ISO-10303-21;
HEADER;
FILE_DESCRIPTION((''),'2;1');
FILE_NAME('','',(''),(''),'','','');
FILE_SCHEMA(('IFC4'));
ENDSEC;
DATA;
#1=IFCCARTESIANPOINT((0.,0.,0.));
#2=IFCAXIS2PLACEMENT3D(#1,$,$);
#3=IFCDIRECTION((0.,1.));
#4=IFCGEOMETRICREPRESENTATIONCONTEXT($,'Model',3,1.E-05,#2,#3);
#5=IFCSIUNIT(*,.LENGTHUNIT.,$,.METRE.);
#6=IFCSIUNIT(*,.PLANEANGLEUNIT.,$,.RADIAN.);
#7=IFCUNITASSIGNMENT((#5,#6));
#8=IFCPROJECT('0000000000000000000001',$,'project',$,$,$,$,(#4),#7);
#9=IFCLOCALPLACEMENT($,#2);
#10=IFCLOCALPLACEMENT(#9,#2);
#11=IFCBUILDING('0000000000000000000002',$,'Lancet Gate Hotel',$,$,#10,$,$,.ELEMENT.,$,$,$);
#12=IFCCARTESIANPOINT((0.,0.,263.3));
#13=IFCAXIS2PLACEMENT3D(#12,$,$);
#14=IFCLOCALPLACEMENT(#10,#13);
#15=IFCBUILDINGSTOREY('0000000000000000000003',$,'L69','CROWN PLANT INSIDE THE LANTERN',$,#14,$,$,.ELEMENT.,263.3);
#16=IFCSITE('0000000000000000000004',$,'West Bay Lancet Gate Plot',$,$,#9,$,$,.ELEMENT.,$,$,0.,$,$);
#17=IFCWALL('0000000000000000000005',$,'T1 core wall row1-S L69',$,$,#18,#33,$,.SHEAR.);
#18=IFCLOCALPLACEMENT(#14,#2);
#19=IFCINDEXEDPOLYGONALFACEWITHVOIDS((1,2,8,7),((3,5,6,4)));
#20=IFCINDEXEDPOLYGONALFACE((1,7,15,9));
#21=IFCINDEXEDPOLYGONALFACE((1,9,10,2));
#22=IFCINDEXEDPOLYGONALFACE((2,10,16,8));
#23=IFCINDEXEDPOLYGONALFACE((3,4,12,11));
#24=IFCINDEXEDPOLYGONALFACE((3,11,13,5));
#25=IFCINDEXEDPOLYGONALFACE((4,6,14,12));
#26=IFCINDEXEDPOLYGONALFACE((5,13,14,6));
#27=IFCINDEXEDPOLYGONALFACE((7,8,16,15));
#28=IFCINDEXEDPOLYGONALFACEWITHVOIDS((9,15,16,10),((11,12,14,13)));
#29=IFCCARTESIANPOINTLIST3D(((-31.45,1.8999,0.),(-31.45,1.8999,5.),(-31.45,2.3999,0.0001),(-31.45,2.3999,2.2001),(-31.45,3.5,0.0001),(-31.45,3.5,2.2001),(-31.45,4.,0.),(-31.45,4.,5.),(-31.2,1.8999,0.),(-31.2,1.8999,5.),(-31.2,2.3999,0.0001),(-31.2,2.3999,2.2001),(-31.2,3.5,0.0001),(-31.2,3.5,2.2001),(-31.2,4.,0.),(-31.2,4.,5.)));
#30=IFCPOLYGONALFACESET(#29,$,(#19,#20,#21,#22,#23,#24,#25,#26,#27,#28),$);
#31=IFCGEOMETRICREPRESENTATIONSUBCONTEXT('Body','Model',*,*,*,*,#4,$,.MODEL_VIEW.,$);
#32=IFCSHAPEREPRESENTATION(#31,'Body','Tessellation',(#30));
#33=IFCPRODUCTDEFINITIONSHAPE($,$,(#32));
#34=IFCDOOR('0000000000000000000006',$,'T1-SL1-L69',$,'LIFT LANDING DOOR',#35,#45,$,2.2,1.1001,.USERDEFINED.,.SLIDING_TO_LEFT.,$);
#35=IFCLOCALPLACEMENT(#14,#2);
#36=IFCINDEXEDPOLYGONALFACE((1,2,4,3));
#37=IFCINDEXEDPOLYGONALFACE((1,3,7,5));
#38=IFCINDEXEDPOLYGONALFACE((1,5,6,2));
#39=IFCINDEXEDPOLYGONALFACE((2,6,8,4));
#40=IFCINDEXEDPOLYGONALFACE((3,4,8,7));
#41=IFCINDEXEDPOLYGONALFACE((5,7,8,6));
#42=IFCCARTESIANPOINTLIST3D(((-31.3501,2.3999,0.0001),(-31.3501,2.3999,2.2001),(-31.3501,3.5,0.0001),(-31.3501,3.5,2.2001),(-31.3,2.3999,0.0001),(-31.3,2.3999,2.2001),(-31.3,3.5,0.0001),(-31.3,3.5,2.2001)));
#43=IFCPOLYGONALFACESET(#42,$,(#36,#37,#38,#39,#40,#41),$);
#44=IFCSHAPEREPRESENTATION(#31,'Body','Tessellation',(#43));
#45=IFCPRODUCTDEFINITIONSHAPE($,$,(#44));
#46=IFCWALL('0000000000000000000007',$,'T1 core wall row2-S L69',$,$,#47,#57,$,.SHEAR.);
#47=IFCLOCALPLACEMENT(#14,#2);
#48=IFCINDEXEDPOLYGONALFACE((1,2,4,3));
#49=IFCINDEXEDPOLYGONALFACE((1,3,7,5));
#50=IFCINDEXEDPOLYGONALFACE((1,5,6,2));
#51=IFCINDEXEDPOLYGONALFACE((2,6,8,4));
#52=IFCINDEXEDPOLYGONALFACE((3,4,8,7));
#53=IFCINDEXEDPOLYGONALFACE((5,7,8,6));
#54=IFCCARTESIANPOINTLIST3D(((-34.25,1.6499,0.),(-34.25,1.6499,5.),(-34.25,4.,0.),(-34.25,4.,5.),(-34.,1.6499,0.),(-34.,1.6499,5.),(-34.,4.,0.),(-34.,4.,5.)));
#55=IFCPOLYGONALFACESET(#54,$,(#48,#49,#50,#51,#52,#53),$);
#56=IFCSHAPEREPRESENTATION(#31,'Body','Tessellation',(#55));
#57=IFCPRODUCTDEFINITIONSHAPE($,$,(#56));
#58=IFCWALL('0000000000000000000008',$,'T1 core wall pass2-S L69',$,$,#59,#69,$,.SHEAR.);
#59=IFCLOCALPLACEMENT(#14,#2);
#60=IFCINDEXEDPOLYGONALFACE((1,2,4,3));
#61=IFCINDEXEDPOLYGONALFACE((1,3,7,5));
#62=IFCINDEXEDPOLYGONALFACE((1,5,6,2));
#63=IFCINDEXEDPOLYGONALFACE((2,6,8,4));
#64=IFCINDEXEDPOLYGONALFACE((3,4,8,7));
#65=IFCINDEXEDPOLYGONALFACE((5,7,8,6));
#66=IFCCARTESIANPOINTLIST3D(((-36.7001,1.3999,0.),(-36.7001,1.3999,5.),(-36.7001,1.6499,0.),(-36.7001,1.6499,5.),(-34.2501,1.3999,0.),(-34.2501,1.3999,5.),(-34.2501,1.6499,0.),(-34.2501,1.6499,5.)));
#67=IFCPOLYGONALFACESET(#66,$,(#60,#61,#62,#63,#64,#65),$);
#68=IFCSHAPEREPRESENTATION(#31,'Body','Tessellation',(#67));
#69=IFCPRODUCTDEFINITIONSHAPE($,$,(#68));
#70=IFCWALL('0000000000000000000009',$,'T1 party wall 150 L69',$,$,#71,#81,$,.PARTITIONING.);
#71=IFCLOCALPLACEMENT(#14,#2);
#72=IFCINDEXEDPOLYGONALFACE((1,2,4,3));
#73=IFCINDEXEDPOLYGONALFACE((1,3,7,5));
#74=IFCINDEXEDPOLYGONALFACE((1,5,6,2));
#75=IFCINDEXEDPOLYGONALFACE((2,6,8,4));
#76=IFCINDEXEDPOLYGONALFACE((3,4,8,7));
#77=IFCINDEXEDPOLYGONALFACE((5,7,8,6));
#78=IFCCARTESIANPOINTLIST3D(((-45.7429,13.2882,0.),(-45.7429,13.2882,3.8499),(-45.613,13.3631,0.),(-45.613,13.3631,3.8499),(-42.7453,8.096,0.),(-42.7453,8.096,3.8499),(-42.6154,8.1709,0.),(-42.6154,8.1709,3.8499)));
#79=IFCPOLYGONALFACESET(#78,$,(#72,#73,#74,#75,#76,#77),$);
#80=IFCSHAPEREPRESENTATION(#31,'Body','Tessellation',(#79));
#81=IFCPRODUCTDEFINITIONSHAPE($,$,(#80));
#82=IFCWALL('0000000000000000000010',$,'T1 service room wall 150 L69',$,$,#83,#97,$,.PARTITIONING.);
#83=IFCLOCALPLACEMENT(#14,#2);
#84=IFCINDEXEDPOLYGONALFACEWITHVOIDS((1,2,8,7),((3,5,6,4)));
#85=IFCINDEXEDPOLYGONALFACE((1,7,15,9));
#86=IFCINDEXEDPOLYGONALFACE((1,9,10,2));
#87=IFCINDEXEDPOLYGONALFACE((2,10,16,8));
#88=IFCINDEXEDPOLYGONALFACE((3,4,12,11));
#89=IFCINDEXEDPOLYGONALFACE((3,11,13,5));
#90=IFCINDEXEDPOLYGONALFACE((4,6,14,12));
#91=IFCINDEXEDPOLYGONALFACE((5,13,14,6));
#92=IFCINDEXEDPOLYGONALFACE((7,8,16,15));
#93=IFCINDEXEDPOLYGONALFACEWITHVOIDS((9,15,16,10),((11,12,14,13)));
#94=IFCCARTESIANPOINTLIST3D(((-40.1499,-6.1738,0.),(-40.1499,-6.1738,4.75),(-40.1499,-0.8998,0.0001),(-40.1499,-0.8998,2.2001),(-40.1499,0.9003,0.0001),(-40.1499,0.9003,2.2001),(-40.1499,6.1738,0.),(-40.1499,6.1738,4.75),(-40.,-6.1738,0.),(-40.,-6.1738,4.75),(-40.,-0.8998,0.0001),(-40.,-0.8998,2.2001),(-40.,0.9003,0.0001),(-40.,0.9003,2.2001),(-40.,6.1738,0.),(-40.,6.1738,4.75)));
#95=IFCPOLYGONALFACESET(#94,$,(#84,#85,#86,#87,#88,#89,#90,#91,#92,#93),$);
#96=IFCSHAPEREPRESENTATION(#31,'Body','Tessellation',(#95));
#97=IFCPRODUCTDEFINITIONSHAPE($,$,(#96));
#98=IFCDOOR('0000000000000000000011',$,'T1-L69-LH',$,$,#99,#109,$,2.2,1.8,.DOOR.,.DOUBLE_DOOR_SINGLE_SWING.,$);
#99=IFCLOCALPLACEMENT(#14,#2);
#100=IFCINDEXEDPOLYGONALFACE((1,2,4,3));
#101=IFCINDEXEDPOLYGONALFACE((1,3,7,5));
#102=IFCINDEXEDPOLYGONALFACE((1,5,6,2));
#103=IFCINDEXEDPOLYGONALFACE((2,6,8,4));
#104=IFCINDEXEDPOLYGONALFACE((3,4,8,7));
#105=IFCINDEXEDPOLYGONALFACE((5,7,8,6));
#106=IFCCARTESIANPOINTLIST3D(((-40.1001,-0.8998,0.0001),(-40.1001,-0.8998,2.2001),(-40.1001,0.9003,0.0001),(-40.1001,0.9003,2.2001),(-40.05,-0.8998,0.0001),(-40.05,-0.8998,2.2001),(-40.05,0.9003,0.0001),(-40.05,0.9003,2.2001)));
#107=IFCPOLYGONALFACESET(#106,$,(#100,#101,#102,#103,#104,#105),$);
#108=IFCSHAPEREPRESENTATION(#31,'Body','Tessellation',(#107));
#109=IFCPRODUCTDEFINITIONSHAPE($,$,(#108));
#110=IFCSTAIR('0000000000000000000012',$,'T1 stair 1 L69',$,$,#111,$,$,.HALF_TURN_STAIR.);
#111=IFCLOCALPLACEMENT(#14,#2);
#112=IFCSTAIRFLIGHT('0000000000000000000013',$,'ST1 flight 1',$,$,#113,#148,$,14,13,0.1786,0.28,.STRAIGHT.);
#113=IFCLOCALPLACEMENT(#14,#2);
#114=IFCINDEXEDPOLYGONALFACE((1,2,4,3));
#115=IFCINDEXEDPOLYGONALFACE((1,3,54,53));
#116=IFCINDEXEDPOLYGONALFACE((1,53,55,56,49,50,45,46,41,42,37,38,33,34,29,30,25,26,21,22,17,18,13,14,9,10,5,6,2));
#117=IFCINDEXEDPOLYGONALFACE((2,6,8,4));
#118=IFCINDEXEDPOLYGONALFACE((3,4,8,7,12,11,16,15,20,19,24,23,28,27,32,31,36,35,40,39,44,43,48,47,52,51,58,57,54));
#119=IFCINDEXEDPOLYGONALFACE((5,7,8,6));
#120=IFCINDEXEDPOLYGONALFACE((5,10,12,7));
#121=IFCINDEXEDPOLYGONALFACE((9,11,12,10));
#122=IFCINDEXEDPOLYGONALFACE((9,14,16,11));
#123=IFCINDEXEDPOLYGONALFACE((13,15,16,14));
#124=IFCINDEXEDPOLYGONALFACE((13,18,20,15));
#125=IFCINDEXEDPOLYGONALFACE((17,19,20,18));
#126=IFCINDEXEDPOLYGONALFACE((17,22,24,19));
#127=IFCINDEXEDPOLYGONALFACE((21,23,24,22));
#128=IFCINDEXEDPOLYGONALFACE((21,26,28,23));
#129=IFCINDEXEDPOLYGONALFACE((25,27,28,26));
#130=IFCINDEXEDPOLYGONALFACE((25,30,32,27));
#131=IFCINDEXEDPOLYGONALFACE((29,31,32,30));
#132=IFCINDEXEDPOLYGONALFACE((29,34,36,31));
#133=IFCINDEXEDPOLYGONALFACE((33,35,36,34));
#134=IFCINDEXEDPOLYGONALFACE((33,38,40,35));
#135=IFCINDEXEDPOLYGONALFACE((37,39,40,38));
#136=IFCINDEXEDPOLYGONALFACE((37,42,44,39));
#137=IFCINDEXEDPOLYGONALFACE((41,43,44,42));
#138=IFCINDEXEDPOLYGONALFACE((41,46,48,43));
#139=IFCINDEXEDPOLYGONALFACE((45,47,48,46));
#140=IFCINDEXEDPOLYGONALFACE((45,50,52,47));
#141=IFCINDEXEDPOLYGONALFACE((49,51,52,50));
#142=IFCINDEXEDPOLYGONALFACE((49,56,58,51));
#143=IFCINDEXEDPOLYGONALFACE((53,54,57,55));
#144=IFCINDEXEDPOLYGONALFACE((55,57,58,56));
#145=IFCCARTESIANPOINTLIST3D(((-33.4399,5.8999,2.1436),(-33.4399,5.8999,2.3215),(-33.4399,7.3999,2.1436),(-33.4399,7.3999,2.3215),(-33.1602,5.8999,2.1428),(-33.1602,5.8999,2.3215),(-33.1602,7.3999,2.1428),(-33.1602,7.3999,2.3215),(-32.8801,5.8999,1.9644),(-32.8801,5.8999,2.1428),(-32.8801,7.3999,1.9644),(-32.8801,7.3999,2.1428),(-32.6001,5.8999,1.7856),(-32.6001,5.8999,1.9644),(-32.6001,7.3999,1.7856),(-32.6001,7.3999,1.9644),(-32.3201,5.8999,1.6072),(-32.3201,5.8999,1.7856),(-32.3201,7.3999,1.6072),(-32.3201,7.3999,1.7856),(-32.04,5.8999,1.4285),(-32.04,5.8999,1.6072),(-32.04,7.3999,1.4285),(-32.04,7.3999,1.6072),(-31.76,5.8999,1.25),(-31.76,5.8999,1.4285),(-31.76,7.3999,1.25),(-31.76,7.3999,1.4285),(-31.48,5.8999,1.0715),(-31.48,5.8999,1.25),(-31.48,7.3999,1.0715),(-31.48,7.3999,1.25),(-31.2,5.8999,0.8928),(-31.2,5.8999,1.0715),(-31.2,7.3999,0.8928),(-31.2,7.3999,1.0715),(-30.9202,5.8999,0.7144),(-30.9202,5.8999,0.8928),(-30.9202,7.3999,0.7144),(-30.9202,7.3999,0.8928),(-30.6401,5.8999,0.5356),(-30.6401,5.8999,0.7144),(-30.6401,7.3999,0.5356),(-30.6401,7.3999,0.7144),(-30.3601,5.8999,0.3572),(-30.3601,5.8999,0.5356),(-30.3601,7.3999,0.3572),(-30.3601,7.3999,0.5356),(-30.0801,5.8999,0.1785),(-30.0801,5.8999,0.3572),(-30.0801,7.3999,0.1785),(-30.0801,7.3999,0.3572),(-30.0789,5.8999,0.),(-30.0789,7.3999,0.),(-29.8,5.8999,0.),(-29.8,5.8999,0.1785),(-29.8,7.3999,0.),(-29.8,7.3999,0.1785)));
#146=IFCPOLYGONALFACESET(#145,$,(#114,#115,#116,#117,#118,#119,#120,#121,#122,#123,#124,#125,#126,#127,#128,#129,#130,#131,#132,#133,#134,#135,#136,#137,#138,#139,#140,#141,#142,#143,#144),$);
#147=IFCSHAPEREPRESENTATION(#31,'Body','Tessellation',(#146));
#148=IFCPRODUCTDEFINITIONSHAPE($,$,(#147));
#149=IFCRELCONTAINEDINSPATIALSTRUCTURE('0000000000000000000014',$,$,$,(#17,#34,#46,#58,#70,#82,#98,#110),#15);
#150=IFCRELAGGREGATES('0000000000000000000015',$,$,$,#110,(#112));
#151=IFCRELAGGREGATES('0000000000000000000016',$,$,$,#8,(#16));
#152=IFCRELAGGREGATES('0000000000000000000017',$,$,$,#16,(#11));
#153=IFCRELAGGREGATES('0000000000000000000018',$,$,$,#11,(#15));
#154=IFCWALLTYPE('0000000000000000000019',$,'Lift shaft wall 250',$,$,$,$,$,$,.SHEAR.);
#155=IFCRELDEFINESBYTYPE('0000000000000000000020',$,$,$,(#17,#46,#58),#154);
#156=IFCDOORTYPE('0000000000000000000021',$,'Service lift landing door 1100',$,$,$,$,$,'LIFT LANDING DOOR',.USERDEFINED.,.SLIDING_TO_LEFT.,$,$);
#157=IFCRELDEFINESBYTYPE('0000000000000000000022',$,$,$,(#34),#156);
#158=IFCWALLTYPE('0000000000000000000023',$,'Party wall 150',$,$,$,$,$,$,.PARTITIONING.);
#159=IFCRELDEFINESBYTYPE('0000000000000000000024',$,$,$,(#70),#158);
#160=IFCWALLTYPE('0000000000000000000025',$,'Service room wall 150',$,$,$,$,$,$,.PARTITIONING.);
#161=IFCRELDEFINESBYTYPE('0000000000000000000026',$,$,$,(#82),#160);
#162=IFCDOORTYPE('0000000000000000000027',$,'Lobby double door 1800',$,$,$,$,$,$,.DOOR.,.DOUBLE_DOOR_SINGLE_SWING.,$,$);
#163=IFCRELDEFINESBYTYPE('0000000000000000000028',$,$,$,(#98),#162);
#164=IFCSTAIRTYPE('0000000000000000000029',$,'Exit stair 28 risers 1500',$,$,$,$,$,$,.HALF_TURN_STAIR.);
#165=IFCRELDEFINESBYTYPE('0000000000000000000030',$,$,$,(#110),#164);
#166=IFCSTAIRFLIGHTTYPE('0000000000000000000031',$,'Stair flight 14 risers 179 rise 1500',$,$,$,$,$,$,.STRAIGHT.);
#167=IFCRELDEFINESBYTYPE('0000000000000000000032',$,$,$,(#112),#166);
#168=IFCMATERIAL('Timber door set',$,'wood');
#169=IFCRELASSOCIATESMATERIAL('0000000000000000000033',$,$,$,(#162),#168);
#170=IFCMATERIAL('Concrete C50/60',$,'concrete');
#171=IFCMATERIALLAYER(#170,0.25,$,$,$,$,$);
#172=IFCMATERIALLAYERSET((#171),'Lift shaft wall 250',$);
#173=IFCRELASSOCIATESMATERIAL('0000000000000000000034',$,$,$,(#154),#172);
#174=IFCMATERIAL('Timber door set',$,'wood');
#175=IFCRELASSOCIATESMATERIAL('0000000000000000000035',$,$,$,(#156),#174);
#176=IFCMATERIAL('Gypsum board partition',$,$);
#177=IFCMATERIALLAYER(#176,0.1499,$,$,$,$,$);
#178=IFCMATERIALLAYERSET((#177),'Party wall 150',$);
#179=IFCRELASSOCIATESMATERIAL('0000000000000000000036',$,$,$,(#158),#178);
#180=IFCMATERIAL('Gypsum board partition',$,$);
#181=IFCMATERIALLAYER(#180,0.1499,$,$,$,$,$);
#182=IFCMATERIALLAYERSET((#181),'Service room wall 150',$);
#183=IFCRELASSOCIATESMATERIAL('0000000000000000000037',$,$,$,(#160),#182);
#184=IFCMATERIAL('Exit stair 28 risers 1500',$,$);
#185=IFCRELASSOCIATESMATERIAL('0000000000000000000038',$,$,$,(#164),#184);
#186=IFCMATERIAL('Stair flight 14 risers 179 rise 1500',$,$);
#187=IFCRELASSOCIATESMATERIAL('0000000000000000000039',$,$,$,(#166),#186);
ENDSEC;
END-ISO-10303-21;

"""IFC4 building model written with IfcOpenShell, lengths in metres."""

from ifc_helpers import new_model, si_unit, direction, frame, frame_2d, origin, place, context, subcontext, project, spatial, polyline, rectangle, outline, extrude, material, layer, layer_set, type_object, element, fill, aggregate, save


model = new_model("IFC4")

# Units and contexts
model_context = context("Model", 3, precision=1e-05, world=origin(), true_north=direction((0.0, 1.0)))
body_context = subcontext(model_context, "Body", "Model", "MODEL_VIEW")
ifc_project = project(units=[si_unit("LENGTHUNIT", "METRE"), si_unit("PLANEANGLEUNIT", "RADIAN")], contexts=[model_context])

# Site, building, storey
site_placement = place(None, origin())
site = spatial("IfcSite", under=ifc_project, at=site_placement, Name="West Bay Lancet Gate Plot", CompositionType="ELEMENT", RefElevation=0.0)
building_placement = place(site_placement, origin())
building = spatial("IfcBuilding", under=site, at=building_placement, Name="Lancet Gate Hotel", CompositionType="ELEMENT")
storey_placement = place(building_placement, frame((0.0, 0.0, 263.3)))
storey = spatial("IfcBuildingStorey", under=building, at=storey_placement, Name="L69", Description="CROWN PLANT INSIDE THE LANTERN", CompositionType="ELEMENT", Elevation=263.3)

# Shared definitions
ifc_material_1 = material(Name="Timber door set", Category="wood")
door_type_1 = type_object("IfcDoorType", Name="Lobby double door 1800", OperationType="DOUBLE_DOOR_SINGLE_SWING", PredefinedType="DOOR", material=ifc_material_1)

# Wall, opening, door
ifc_material_2 = material(Name="Concrete C50/60", Category="concrete")
ifc_layer_1 = layer(ifc_material_2, 0.25)
ifc_layer_set_1 = layer_set([ifc_layer_1], Name="Lift shaft wall 250")
wall_type_1 = type_object("IfcWallType", Name="Lift shaft wall 250", PredefinedType="SHEAR", material=ifc_layer_set_1)
wall_1_placement = place(storey_placement, frame((-31.325, 4.0, 0.0), z_axis=(0.0, 0.0, 1.0), x_axis=(0.0, -1.0, 0.0)))
wall_1 = element("IfcWall", 1, at=wall_1_placement, inside=storey, type_object=wall_type_1, Name="T1 core wall row1-S L69", PredefinedType="SHEAR", context=body_context, shape_type="SweptSolid", body=[
    extrude(rectangle(XDim=2.1001, YDim=0.25, at=frame_2d((1.05, 0.0))), origin(), (0.0, 0.0, 1.0), 5.0),
])
opening_1_placement = place(wall_1_placement, frame((0.5, 0.0, 0.0)))
opening_1 = element("IfcOpeningElement", 2, at=opening_1_placement, cuts=wall_1, PredefinedType="OPENING", context=body_context, shape_type="SweptSolid", body=[
    extrude(rectangle(XDim=1.1001, YDim=2.2, at=frame_2d((0.55, 1.1001))), frame((0.0, 0.135, 0.0), z_axis=(0.0, -1.0, 0.0), x_axis=(1.0, 0.0, 0.0)), (0.0, 0.0, 1.0), 0.27),
])
ifc_material_3 = material(Name="Timber door set", Category="wood")
door_type_2 = type_object("IfcDoorType", Name="Service lift landing door 1100", ElementType="LIFT LANDING DOOR", OperationType="SLIDING_TO_LEFT", PredefinedType="USERDEFINED", material=ifc_material_3)
door_1_placement = place(opening_1_placement, origin())
door_1 = element("IfcDoor", 3, at=door_1_placement, inside=storey, type_object=door_type_2, Name="T1-SL1-L69", ObjectType="LIFT LANDING DOOR", OperationType="SLIDING_TO_LEFT", OverallHeight=2.2, OverallWidth=1.1001, PredefinedType="USERDEFINED", context=body_context, shape_type="SweptSolid", body=[
    extrude(rectangle(XDim=1.1001, YDim=2.2, at=frame_2d((0.55, 1.1001))), frame((0.0, 0.0249, 0.0), z_axis=(0.0, -1.0, 0.0), x_axis=(1.0, 0.0, 0.0)), (0.0, 0.0, 1.0), 0.05),
])
fill(opening_1, door_1)

# Walls
wall_2_placement = place(storey_placement, frame((-34.125, 4.0, 0.0), z_axis=(0.0, 0.0, 1.0), x_axis=(0.0, -1.0, 0.0)))
element("IfcWall", 4, at=wall_2_placement, inside=storey, type_object=wall_type_1, Name="T1 core wall row2-S L69", PredefinedType="SHEAR", context=body_context, shape_type="SweptSolid", body=[
    extrude(rectangle(XDim=2.3501, YDim=0.25, at=frame_2d((1.175, 0.0))), origin(), (0.0, 0.0, 1.0), 5.0),
])
wall_3_placement = place(storey_placement, frame((-34.25, 1.5249, 0.0), z_axis=(0.0, 0.0, 1.0), x_axis=(-1.0, 0.0, 0.0)))
element("IfcWall", 5, at=wall_3_placement, inside=storey, type_object=wall_type_1, Name="T1 core wall pass2-S L69", PredefinedType="SHEAR", context=body_context, shape_type="SweptSolid", body=[
    extrude(rectangle(XDim=2.45, YDim=0.25, at=frame_2d((1.2251, 0.0))), origin(), (0.0, 0.0, 1.0), 5.0),
])
ifc_material_4 = material(Name="Gypsum board partition")
ifc_layer_2 = layer(ifc_material_4, 0.1499)
ifc_layer_set_2 = layer_set([ifc_layer_2], Name="Party wall 150")
wall_type_2 = type_object("IfcWallType", Name="Party wall 150", PredefinedType="PARTITIONING", material=ifc_layer_set_2)
wall_4_placement = place(storey_placement, frame((-42.6804, 8.1335, 0.0), z_axis=(0.0, 0.0, 1.0), x_axis=(-0.499984, 0.866034, 0.0)))
element("IfcWall", 6, at=wall_4_placement, inside=storey, type_object=wall_type_2, Name="T1 party wall 150 L69", PredefinedType="PARTITIONING", context=body_context, shape_type="SweptSolid", body=[
    extrude(rectangle(XDim=5.9954, YDim=0.1499, at=frame_2d((2.9976, 0.0))), origin(), (0.0, 0.0, 1.0), 3.8499),
])

# Wall, opening, door
ifc_material_5 = material(Name="Gypsum board partition")
ifc_layer_3 = layer(ifc_material_5, 0.1499)
ifc_layer_set_3 = layer_set([ifc_layer_3], Name="Service room wall 150")
wall_type_3 = type_object("IfcWallType", Name="Service room wall 150", PredefinedType="PARTITIONING", material=ifc_layer_set_3)
wall_5_placement = place(storey_placement, frame((-40.075, 6.1738, 0.0), z_axis=(0.0, 0.0, 1.0), x_axis=(0.0, -1.0, 0.0)))
wall_5 = element("IfcWall", 7, at=wall_5_placement, inside=storey, type_object=wall_type_3, Name="T1 service room wall 150 L69", PredefinedType="PARTITIONING", context=body_context, shape_type="SweptSolid", body=[
    extrude(rectangle(XDim=12.3477, YDim=0.1499, at=frame_2d((6.1738, 0.0))), origin(), (0.0, 0.0, 1.0), 4.75),
])
opening_2_placement = place(wall_5_placement, frame((5.2737, 0.0, 0.0)))
opening_2 = element("IfcOpeningElement", 8, at=opening_2_placement, cuts=wall_5, PredefinedType="OPENING", context=body_context, shape_type="SweptSolid", body=[
    extrude(rectangle(XDim=1.8, YDim=2.2, at=frame_2d((0.8999, 1.1001))), frame((0.0, 0.085, 0.0), z_axis=(0.0, -1.0, 0.0), x_axis=(1.0, 0.0, 0.0)), (0.0, 0.0, 1.0), 0.1699),
])
door_2_placement = place(opening_2_placement, origin())
door_2 = element("IfcDoor", 9, at=door_2_placement, inside=storey, type_object=door_type_1, Name="T1-L69-LH", OperationType="DOUBLE_DOOR_SINGLE_SWING", OverallHeight=2.2, OverallWidth=1.8, PredefinedType="DOOR", context=body_context, shape_type="SweptSolid", body=[
    extrude(rectangle(XDim=1.8, YDim=2.2, at=frame_2d((0.8999, 1.1001))), frame((0.0, 0.0249, 0.0), z_axis=(0.0, -1.0, 0.0), x_axis=(1.0, 0.0, 0.0)), (0.0, 0.0, 1.0), 0.05),
])
fill(opening_2, door_2)

# Stair, stair flight
ifc_material_6 = material(Name="Exit stair 28 risers 1500")
stair_type = type_object("IfcStairType", Name="Exit stair 28 risers 1500", PredefinedType="HALF_TURN_STAIR", material=ifc_material_6)
stair_placement = place(storey_placement, origin())
stair = element("IfcStair", 10, at=stair_placement, inside=storey, type_object=stair_type, Name="T1 stair 1 L69", PredefinedType="HALF_TURN_STAIR")
ifc_material_7 = material(Name="Stair flight 14 risers 179 rise 1500")
stair_flight_type = type_object("IfcStairFlightType", Name="Stair flight 14 risers 179 rise 1500", PredefinedType="STRAIGHT", material=ifc_material_7)
stair_flight_1_placement = place(storey_placement, frame((-29.8, 6.6499, 0.0), z_axis=(0.0, 0.0, 1.0), x_axis=(-1.0, 0.0, 0.0)))
stair_flight_1 = element("IfcStairFlight", 11, at=stair_flight_1_placement, type_object=stair_flight_type, Name="ST1 flight 1", NumberOfRisers=14, NumberOfTreads=13, PredefinedType="STRAIGHT", RiserHeight=0.1786, TreadLength=0.28, context=body_context, shape_type="SweptSolid", body=[
    extrude(outline(polyline([(0.0, 0.0), (0.0, 0.1785), (0.28, 0.1785), (0.28, 0.3572), (0.5601, 0.3572), (0.5601, 0.5356), (0.8401, 0.5356), (0.8401, 0.7144), (1.1201, 0.7144), (1.1201, 0.8928), (1.3999, 0.8928), (1.3999, 1.0715), (1.6799, 1.0715), (1.6799, 1.25), (1.96, 1.25), (1.96, 1.4285), (2.24, 1.4285), (2.24, 1.6072), (2.52, 1.6072), (2.52, 1.7856), (2.8, 1.7856), (2.8, 1.9644), (3.0801, 1.9644), (3.0801, 2.1428), (3.3601, 2.1428), (3.3601, 2.3215), (3.6399, 2.3215), (3.6399, 2.5), (3.6399, 2.1436), (0.2788, 0.0), (0.0, 0.0)])), frame((0.0, 0.75, 0.0), z_axis=(0.0, -1.0, 0.0), x_axis=(1.0, 0.0, 0.0)), (0.0, 0.0, 1.0), 1.5),
])
aggregate(stair, [stair_flight_1])

save(model, "model.ifc")
